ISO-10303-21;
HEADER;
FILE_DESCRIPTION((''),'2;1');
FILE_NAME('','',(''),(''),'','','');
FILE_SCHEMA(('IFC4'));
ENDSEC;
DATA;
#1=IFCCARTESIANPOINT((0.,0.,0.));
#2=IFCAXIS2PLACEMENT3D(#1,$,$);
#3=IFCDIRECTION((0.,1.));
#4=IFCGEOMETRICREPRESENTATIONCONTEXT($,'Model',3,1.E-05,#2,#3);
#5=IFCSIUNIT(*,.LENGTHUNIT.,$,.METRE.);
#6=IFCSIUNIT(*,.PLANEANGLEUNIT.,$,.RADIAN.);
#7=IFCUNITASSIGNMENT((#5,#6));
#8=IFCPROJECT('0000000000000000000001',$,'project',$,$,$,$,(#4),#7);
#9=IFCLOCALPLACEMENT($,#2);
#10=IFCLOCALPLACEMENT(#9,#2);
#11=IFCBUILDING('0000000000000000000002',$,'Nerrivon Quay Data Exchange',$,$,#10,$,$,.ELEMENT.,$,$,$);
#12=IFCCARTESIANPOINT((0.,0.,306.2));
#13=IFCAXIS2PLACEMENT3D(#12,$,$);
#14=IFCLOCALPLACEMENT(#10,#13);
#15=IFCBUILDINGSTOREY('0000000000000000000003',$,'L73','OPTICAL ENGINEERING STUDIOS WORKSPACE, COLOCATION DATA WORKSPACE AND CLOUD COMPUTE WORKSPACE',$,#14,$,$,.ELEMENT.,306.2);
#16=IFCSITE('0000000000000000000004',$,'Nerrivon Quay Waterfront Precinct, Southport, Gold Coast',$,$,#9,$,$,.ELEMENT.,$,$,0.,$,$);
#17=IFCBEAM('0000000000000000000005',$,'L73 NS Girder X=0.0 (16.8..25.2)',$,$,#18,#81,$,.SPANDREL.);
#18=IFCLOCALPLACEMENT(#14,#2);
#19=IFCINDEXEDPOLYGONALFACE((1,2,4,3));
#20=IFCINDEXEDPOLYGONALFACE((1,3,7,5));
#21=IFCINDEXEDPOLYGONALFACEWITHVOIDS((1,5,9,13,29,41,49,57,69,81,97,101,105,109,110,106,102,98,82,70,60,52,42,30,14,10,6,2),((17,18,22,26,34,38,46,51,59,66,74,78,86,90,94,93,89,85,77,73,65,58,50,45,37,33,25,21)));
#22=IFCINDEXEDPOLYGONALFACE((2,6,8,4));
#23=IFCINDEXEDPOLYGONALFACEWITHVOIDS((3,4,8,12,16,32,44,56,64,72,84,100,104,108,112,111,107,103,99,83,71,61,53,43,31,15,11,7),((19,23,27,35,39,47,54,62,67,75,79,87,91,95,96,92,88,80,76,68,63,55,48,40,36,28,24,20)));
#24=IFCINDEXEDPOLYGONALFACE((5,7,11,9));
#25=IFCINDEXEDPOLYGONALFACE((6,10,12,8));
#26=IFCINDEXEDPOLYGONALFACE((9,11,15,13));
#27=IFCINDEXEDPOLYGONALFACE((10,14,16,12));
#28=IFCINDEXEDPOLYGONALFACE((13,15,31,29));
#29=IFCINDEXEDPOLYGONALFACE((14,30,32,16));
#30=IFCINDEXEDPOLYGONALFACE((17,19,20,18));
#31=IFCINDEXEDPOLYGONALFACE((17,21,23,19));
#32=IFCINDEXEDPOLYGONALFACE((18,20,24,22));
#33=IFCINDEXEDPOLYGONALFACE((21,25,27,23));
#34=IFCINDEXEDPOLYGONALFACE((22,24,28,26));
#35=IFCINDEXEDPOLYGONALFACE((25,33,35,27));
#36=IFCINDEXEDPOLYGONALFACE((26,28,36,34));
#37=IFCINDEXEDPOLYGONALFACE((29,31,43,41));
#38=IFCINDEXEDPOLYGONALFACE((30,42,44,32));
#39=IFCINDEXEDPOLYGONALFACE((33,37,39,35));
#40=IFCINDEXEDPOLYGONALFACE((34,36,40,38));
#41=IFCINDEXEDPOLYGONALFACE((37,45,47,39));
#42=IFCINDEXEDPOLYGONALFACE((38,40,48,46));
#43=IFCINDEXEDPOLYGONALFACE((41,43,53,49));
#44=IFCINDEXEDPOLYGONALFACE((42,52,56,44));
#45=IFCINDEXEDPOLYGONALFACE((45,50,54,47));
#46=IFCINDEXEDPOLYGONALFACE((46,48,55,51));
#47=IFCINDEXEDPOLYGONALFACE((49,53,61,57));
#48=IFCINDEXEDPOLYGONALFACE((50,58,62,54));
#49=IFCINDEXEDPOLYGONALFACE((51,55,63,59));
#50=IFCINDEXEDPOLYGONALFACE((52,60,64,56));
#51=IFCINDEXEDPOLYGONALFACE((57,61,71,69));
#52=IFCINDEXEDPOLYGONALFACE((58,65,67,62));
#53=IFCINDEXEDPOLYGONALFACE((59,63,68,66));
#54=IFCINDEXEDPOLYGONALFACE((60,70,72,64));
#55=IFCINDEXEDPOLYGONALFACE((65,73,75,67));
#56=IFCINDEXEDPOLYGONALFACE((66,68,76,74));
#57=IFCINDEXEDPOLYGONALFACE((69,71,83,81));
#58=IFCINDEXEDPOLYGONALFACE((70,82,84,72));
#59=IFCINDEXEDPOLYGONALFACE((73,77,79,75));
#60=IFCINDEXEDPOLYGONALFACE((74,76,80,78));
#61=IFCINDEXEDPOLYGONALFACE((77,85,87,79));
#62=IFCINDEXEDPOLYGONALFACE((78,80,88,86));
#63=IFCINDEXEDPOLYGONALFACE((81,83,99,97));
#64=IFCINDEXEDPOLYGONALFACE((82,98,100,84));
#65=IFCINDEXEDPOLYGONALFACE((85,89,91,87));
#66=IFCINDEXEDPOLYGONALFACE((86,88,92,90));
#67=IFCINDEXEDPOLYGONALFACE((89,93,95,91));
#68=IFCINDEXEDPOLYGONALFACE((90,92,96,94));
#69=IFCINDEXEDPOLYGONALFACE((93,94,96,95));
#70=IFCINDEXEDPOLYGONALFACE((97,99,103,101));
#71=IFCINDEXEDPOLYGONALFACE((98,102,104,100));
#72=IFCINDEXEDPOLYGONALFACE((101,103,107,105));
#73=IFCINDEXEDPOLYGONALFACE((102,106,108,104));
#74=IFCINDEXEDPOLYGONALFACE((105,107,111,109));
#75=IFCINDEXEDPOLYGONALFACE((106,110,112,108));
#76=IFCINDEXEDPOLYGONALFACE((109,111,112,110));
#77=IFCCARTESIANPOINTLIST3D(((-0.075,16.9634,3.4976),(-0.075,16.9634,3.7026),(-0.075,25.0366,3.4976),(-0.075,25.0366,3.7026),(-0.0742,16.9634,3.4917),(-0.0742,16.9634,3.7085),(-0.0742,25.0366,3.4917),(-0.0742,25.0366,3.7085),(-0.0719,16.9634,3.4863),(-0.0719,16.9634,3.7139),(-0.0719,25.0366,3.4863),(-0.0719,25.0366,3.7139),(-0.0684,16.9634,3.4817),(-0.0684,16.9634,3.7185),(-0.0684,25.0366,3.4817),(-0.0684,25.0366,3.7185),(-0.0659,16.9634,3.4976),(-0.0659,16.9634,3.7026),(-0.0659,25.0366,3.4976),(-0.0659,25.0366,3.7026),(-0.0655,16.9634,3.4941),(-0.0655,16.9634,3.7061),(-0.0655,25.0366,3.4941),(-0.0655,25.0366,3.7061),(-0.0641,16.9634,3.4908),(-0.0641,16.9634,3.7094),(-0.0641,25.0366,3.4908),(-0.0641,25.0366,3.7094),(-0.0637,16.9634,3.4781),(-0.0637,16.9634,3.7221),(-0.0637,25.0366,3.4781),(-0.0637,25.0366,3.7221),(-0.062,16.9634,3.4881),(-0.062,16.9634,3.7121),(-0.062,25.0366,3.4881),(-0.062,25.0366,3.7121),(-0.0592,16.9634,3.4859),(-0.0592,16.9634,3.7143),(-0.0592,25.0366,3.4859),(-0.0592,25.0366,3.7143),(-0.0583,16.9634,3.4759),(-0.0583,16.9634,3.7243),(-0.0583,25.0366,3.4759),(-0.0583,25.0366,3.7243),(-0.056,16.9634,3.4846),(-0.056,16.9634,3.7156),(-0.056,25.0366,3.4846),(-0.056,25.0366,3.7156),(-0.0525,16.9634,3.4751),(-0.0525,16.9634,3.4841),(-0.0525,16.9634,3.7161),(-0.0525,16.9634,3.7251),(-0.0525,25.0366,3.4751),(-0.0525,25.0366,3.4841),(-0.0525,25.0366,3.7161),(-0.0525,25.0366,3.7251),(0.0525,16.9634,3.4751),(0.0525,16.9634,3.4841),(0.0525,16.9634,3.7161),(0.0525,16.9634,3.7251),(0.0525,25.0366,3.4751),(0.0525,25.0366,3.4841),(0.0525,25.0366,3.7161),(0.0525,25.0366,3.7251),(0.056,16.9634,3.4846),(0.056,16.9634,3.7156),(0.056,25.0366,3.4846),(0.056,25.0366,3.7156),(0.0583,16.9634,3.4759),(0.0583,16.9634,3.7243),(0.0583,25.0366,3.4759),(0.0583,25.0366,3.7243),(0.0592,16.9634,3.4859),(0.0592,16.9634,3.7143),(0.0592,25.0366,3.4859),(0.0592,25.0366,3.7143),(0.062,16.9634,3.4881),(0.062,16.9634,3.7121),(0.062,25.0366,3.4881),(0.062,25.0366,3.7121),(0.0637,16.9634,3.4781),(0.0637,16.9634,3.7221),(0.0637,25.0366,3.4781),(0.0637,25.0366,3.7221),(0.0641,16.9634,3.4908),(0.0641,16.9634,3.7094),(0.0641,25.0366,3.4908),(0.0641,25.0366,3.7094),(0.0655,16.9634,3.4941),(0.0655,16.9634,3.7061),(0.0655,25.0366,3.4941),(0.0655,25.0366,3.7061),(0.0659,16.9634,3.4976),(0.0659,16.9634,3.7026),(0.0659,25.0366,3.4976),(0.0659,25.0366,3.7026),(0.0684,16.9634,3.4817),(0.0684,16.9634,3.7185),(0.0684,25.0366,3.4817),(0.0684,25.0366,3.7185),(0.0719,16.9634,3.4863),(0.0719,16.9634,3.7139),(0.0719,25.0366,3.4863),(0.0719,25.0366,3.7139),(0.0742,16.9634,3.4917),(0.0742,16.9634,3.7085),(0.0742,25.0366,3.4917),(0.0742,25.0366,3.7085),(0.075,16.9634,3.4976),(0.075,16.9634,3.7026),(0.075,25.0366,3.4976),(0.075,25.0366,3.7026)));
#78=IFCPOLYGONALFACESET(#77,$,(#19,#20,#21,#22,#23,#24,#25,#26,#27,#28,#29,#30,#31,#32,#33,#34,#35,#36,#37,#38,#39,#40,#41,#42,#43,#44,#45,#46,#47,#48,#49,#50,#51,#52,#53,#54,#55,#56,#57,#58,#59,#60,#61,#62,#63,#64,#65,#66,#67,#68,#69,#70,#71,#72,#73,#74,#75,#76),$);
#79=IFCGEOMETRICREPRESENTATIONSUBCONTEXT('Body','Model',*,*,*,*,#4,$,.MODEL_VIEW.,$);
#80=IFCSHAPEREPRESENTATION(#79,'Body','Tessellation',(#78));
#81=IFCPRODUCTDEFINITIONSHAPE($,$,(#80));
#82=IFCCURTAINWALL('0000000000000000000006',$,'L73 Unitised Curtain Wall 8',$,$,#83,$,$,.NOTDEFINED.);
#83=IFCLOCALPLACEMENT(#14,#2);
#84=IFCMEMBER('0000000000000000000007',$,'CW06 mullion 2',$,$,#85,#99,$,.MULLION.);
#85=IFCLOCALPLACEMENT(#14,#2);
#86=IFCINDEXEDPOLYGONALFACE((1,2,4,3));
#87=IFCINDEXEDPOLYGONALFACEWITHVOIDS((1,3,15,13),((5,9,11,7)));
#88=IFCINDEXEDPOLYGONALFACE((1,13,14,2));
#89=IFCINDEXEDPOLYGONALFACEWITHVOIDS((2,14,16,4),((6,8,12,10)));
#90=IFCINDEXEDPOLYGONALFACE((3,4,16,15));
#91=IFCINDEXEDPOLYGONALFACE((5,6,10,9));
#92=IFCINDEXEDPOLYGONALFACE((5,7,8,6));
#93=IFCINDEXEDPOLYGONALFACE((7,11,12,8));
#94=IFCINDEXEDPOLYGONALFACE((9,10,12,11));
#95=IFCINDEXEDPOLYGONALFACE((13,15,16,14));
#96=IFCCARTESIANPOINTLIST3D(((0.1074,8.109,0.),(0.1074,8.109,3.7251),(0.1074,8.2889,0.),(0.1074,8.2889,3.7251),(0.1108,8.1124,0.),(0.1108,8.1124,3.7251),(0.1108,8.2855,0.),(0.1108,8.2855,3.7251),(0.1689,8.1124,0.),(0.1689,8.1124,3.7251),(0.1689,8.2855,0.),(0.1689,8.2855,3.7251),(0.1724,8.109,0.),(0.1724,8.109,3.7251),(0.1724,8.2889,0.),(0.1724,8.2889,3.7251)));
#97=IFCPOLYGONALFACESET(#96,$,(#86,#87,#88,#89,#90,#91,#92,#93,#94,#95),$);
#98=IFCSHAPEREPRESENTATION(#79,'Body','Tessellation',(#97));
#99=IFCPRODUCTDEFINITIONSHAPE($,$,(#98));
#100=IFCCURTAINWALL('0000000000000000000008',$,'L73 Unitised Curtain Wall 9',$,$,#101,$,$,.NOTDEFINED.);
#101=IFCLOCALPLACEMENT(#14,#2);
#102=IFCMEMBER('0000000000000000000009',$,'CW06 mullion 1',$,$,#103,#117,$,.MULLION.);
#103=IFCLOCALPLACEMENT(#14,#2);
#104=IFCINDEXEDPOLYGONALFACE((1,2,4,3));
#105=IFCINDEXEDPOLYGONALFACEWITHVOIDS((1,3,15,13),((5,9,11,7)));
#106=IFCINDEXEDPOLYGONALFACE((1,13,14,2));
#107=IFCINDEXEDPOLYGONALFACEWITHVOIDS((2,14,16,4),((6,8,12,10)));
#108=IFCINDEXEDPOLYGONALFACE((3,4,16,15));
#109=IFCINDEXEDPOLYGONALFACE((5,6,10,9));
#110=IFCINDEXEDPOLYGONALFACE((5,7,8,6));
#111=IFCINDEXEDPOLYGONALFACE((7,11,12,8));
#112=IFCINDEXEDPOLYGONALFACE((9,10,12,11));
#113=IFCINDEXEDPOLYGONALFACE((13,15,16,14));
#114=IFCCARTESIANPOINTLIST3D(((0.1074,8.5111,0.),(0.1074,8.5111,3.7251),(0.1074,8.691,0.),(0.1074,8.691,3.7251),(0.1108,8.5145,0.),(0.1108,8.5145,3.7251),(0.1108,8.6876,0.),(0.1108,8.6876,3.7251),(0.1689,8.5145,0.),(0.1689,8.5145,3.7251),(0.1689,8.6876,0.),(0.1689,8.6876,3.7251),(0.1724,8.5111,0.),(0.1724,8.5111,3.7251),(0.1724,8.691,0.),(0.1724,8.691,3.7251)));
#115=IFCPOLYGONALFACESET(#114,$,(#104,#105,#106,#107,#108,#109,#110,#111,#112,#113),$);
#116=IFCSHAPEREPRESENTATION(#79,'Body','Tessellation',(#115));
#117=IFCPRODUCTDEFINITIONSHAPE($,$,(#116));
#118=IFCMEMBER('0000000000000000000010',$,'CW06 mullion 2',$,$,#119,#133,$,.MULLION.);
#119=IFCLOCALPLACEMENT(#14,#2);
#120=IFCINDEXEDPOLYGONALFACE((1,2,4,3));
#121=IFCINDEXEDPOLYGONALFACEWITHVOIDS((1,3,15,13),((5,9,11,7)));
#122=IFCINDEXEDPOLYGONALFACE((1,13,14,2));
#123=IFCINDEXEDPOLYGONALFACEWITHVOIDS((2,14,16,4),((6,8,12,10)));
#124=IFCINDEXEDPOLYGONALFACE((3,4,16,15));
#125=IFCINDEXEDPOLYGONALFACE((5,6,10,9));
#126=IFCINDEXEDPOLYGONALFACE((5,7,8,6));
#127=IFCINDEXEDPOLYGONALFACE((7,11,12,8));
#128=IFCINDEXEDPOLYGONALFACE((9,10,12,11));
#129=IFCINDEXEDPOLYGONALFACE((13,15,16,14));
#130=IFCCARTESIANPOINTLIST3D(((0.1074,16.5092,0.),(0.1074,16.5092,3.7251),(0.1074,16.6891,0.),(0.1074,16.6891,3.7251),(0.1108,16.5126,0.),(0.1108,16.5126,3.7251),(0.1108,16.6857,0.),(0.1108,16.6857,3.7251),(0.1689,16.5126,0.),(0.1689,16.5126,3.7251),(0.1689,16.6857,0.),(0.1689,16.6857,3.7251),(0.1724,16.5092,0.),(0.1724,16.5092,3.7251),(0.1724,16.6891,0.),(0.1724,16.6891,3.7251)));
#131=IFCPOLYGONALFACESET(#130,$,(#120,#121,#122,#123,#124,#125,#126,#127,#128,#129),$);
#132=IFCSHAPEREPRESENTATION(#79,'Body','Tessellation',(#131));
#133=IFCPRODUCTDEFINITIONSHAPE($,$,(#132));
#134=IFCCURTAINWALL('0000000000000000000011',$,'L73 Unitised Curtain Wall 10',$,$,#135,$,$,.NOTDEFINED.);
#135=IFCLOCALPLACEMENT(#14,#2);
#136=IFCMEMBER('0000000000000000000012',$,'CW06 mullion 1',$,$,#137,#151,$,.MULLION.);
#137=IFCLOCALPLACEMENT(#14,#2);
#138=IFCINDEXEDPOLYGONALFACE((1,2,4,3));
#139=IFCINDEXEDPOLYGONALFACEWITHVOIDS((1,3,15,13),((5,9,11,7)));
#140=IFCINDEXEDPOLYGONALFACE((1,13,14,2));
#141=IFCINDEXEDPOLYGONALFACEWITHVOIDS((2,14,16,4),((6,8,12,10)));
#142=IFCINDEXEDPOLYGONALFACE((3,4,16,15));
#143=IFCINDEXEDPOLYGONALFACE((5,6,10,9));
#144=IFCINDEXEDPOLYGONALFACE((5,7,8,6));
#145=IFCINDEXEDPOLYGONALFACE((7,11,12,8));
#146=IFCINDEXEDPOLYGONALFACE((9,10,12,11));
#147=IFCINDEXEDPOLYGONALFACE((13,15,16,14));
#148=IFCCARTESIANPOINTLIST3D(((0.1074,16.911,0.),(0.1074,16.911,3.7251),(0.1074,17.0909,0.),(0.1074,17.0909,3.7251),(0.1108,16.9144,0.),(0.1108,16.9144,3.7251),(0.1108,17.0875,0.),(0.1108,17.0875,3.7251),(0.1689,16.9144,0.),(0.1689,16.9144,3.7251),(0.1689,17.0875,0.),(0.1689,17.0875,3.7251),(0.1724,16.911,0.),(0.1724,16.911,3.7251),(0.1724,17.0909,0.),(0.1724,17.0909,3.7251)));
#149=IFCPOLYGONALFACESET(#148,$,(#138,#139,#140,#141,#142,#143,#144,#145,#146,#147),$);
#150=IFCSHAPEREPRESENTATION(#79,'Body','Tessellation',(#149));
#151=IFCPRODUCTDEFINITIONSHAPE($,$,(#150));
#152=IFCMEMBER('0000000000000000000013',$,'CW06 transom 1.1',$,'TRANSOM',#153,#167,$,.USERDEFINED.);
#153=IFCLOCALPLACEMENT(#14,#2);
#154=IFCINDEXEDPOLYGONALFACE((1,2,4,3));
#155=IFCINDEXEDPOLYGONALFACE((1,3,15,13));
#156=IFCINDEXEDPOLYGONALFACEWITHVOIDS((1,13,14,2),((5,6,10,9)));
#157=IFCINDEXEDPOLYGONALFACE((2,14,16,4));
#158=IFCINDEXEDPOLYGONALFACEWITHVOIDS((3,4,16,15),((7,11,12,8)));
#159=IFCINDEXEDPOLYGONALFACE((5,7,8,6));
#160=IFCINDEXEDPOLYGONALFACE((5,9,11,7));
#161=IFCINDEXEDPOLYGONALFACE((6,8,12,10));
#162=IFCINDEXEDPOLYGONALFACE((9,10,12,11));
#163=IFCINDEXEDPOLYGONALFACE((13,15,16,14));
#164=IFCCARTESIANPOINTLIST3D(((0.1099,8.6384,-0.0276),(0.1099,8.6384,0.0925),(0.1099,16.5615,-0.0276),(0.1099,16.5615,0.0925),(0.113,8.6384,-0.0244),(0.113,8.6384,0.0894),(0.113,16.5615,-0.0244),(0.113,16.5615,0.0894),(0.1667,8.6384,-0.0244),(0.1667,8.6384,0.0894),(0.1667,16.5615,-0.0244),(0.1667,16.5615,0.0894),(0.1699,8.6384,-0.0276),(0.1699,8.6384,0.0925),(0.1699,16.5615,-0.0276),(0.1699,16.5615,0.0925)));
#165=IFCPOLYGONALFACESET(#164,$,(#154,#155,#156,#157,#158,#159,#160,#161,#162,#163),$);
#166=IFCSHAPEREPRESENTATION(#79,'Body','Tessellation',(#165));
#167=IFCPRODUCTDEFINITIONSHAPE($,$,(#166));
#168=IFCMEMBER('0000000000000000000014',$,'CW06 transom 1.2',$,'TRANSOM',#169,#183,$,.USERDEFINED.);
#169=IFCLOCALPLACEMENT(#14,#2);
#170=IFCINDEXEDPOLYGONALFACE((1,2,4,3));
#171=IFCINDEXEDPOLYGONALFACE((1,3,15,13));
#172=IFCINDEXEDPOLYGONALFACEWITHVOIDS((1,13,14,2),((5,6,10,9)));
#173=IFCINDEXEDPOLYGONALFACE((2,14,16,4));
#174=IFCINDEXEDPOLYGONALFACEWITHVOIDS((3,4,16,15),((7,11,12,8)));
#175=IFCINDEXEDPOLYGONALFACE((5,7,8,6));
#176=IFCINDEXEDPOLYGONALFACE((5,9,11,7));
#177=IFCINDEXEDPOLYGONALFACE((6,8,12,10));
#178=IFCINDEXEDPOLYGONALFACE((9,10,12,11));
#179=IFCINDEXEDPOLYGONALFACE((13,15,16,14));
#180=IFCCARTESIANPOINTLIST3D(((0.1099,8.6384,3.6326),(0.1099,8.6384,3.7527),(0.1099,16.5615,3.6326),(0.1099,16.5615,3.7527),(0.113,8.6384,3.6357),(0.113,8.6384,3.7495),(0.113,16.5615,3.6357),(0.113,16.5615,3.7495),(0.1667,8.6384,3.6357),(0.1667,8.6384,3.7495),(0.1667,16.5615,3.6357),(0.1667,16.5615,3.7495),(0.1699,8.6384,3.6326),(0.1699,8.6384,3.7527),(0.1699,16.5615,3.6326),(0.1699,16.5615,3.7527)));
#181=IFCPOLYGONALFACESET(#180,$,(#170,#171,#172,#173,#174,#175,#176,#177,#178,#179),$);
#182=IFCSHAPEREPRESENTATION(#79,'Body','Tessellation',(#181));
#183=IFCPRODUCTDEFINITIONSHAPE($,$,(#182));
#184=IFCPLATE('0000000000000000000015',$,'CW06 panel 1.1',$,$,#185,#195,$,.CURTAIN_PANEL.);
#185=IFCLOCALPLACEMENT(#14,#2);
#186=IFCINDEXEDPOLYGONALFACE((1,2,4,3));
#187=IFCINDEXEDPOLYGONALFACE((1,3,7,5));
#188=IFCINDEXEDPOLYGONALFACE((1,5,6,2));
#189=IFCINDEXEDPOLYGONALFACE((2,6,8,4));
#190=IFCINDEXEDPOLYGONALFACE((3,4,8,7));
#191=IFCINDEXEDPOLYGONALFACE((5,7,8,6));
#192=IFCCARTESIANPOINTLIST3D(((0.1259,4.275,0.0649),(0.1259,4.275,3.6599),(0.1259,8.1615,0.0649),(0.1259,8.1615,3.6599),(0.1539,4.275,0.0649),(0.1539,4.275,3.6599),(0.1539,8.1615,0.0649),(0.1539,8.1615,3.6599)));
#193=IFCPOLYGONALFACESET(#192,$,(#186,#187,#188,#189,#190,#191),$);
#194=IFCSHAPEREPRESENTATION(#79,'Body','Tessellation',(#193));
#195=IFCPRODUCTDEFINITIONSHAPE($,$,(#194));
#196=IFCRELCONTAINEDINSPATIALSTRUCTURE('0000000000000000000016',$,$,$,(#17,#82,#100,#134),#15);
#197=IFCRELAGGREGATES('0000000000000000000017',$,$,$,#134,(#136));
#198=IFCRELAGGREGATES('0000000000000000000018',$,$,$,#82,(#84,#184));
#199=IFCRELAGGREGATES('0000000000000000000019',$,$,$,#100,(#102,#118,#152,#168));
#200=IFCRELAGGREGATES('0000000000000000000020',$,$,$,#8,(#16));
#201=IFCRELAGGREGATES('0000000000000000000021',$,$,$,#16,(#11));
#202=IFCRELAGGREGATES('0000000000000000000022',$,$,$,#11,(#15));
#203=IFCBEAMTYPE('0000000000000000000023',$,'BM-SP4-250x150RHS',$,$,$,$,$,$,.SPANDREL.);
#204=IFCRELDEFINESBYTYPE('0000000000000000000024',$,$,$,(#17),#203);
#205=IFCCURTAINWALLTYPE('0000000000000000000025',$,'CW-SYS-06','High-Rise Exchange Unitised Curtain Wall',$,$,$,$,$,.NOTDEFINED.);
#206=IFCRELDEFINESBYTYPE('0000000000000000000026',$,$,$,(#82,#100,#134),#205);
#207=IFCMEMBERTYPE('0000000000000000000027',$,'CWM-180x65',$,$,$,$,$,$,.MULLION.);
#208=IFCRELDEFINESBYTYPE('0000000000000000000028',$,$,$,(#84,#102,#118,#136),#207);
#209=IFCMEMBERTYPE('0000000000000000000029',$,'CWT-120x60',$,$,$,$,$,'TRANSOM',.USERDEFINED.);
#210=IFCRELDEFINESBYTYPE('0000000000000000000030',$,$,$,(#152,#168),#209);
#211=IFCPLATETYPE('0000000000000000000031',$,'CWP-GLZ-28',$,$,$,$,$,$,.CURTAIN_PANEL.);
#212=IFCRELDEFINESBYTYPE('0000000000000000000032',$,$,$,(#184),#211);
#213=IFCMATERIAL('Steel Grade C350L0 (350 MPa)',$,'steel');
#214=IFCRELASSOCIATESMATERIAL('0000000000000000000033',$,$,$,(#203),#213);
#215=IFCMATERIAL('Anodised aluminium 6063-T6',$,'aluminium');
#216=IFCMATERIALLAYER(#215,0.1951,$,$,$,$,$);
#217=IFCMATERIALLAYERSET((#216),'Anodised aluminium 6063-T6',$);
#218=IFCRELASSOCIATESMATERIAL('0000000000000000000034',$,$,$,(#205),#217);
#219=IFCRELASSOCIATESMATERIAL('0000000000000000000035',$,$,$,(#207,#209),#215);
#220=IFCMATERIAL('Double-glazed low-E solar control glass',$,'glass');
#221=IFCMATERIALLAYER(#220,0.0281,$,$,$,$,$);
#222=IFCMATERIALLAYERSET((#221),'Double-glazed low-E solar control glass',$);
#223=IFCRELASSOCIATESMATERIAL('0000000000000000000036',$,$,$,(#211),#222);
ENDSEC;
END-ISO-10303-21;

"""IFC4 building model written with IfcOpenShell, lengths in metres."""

from ifc_helpers import new_model, si_unit, direction, frame, origin, origin_2d, place, context, subcontext, project, spatial, rectangle, hollow_rectangle, extrude, material, layer, layer_set, material_profile, profile_set, type_object, element, aggregate, save


model = new_model("IFC4")

# Units and contexts
model_context = context("Model", 3, precision=1e-05, world=origin(), true_north=direction((0.0, 1.0)))
body_context = subcontext(model_context, "Body", "Model", "MODEL_VIEW")
ifc_project = project(units=[si_unit("LENGTHUNIT", "METRE"), si_unit("PLANEANGLEUNIT", "RADIAN")], contexts=[model_context])

# Site, building, storey
site_placement = place(None, origin())
site = spatial("IfcSite", under=ifc_project, at=site_placement, Name="Nerrivon Quay Waterfront Precinct, Southport, Gold Coast", CompositionType="ELEMENT", RefElevation=0.0)
building_placement = place(site_placement, origin())
building = spatial("IfcBuilding", under=site, at=building_placement, Name="Nerrivon Quay Data Exchange", CompositionType="ELEMENT")
storey_placement = place(building_placement, frame((0.0, 0.0, 306.2)))
storey = spatial("IfcBuildingStorey", under=building, at=storey_placement, Name="L73", Description="OPTICAL ENGINEERING STUDIOS WORKSPACE, COLOCATION DATA WORKSPACE AND CLOUD COMPUTE WORKSPACE", CompositionType="ELEMENT", Elevation=306.2)

# Beam
ifc_material_1 = material(Name="Steel Grade C350L0 (350 MPa)", Category="steel")
ifc_material_profile_1 = material_profile(ifc_material_1, hollow_rectangle(XDim=0.1499, YDim=0.25, WallThickness=0.009, InnerFilletRadius=0.0134, OuterFilletRadius=0.0225, at=origin_2d()), Name="250x150x9.0RHS")
ifc_profile_set_1 = profile_set([ifc_material_profile_1], Name="Steel Grade C350L0 (350 MPa)")
beam_type_1 = type_object("IfcBeamType", Name="BM-SP4-250x150RHS", PredefinedType="SPANDREL", material=ifc_profile_set_1)
beam_1_placement = place(storey_placement, frame((0.0, 16.9634, 3.6001), z_axis=(0.0, 1.0, 0.0), x_axis=(-1.0, 0.0, 0.0)))
element("IfcBeam", 1, at=beam_1_placement, inside=storey, type_object=beam_type_1, Name="L73 NS Girder X=0.0 (16.8..25.2)", PredefinedType="SPANDREL", context=body_context, shape_type="SweptSolid", body=[
    extrude(hollow_rectangle(XDim=0.1499, YDim=0.25, WallThickness=0.009, InnerFilletRadius=0.0134, OuterFilletRadius=0.0225, at=origin_2d()), origin(), (0.0, 0.0, 1.0), 8.0732),
])

# Curtain wall, member
ifc_material_2 = material(Name="Anodised aluminium 6063-T6", Category="aluminium")
ifc_layer_1 = layer(ifc_material_2, 0.1951)
ifc_layer_set_1 = layer_set([ifc_layer_1], Name="Anodised aluminium 6063-T6")
curtain_wall_type = type_object("IfcCurtainWallType", Name="CW-SYS-06", Description="High-Rise Exchange Unitised Curtain Wall", PredefinedType="NOTDEFINED", material=ifc_layer_set_1)
curtain_wall_1_placement = place(storey_placement, origin())
curtain_wall_1 = element("IfcCurtainWall", 2, at=curtain_wall_1_placement, inside=storey, type_object=curtain_wall_type, Name="L73 Unitised Curtain Wall 8", PredefinedType="NOTDEFINED")
ifc_material_profile_2 = material_profile(ifc_material_2, hollow_rectangle(XDim=0.0649, YDim=0.1799, WallThickness=0.0034, at=origin_2d()), Name="ALU-MULL-180x65")
ifc_profile_set_2 = profile_set([ifc_material_profile_2], Name="Anodised aluminium 6063-T6")
member_type_1 = type_object("IfcMemberType", Name="CWM-180x65", PredefinedType="MULLION", material=ifc_profile_set_2)
member_1_placement = place(storey_placement, frame((0.1399, 8.199, 0.0), z_axis=(0.0, 0.0, 1.0), x_axis=(-1.0, 0.0, 0.0)))
member_1 = element("IfcMember", 3, at=member_1_placement, type_object=member_type_1, Name="CW06 mullion 2", PredefinedType="MULLION", context=body_context, shape_type="SweptSolid", body=[
    extrude(hollow_rectangle(XDim=0.0649, YDim=0.1799, WallThickness=0.0034, at=origin_2d()), origin(), (0.0, 0.0, 1.0), 3.7251),
])

# Curtain wall, members
curtain_wall_2_placement = place(storey_placement, origin())
curtain_wall_2 = element("IfcCurtainWall", 4, at=curtain_wall_2_placement, inside=storey, type_object=curtain_wall_type, Name="L73 Unitised Curtain Wall 9", PredefinedType="NOTDEFINED")
member_2_placement = place(storey_placement, frame((0.1399, 8.6011, 0.0), z_axis=(0.0, 0.0, 1.0), x_axis=(-1.0, 0.0, 0.0)))
member_2 = element("IfcMember", 5, at=member_2_placement, type_object=member_type_1, Name="CW06 mullion 1", PredefinedType="MULLION", context=body_context, shape_type="SweptSolid", body=[
    extrude(hollow_rectangle(XDim=0.0649, YDim=0.1799, WallThickness=0.0034, at=origin_2d()), origin(), (0.0, 0.0, 1.0), 3.7251),
])
member_3_placement = place(storey_placement, frame((0.1399, 16.5991, 0.0), z_axis=(0.0, 0.0, 1.0), x_axis=(-1.0, 0.0, 0.0)))
member_3 = element("IfcMember", 6, at=member_3_placement, type_object=member_type_1, Name="CW06 mullion 2", PredefinedType="MULLION", context=body_context, shape_type="SweptSolid", body=[
    extrude(hollow_rectangle(XDim=0.0649, YDim=0.1799, WallThickness=0.0034, at=origin_2d()), origin(), (0.0, 0.0, 1.0), 3.7251),
])

# Curtain wall, member
curtain_wall_3_placement = place(storey_placement, origin())
curtain_wall_3 = element("IfcCurtainWall", 7, at=curtain_wall_3_placement, inside=storey, type_object=curtain_wall_type, Name="L73 Unitised Curtain Wall 10", PredefinedType="NOTDEFINED")
member_4_placement = place(storey_placement, frame((0.1399, 17.001, 0.0), z_axis=(0.0, 0.0, 1.0), x_axis=(-1.0, 0.0, 0.0)))
member_4 = element("IfcMember", 8, at=member_4_placement, type_object=member_type_1, Name="CW06 mullion 1", PredefinedType="MULLION", context=body_context, shape_type="SweptSolid", body=[
    extrude(hollow_rectangle(XDim=0.0649, YDim=0.1799, WallThickness=0.0034, at=origin_2d()), origin(), (0.0, 0.0, 1.0), 3.7251),
])
aggregate(curtain_wall_3, [member_4])

# Members
ifc_material_profile_3 = material_profile(ifc_material_2, hollow_rectangle(XDim=0.0601, YDim=0.1201, WallThickness=0.0032, at=origin_2d()), Name="ALU-TRAN-120x60")
ifc_profile_set_3 = profile_set([ifc_material_profile_3], Name="Anodised aluminium 6063-T6")
member_type_2 = type_object("IfcMemberType", Name="CWT-120x60", ElementType="TRANSOM", PredefinedType="USERDEFINED", material=ifc_profile_set_3)
member_5_placement = place(storey_placement, frame((0.1399, 8.6384, 0.0325), z_axis=(0.0, 1.0, 0.0), x_axis=(-1.0, 0.0, 0.0)))
member_5 = element("IfcMember", 9, at=member_5_placement, type_object=member_type_2, Name="CW06 transom 1.1", ObjectType="TRANSOM", PredefinedType="USERDEFINED", context=body_context, shape_type="SweptSolid", body=[
    extrude(hollow_rectangle(XDim=0.0601, YDim=0.1201, WallThickness=0.0032, at=origin_2d()), origin(), (0.0, 0.0, 1.0), 7.9231),
])
member_6_placement = place(storey_placement, frame((0.1399, 8.6384, 3.6926), z_axis=(0.0, 1.0, 0.0), x_axis=(-1.0, 0.0, 0.0)))
member_6 = element("IfcMember", 10, at=member_6_placement, type_object=member_type_2, Name="CW06 transom 1.2", ObjectType="TRANSOM", PredefinedType="USERDEFINED", context=body_context, shape_type="SweptSolid", body=[
    extrude(hollow_rectangle(XDim=0.0601, YDim=0.1201, WallThickness=0.0032, at=origin_2d()), origin(), (0.0, 0.0, 1.0), 7.9231),
])

# Plate
ifc_material_3 = material(Name="Double-glazed low-E solar control glass", Category="glass")
ifc_layer_2 = layer(ifc_material_3, 0.0281)
ifc_layer_set_2 = layer_set([ifc_layer_2], Name="Double-glazed low-E solar control glass")
plate_type = type_object("IfcPlateType", Name="CWP-GLZ-28", PredefinedType="CURTAIN_PANEL", material=ifc_layer_set_2)
plate_1_placement = place(storey_placement, frame((0.1399, 6.2183, 0.0649), z_axis=(0.0, 0.0, 1.0), x_axis=(0.0, 1.0, 0.0)))
plate_1 = element("IfcPlate", 11, at=plate_1_placement, type_object=plate_type, Name="CW06 panel 1.1", PredefinedType="CURTAIN_PANEL", context=body_context, shape_type="SweptSolid", body=[
    extrude(rectangle(XDim=3.8865, YDim=0.0281, at=origin_2d()), origin(), (0.0, 0.0, 1.0), 3.595),
])
aggregate(curtain_wall_1, [member_1, plate_1])
aggregate(curtain_wall_2, [member_2, member_3, member_5, member_6])

save(model, "model.ifc")
